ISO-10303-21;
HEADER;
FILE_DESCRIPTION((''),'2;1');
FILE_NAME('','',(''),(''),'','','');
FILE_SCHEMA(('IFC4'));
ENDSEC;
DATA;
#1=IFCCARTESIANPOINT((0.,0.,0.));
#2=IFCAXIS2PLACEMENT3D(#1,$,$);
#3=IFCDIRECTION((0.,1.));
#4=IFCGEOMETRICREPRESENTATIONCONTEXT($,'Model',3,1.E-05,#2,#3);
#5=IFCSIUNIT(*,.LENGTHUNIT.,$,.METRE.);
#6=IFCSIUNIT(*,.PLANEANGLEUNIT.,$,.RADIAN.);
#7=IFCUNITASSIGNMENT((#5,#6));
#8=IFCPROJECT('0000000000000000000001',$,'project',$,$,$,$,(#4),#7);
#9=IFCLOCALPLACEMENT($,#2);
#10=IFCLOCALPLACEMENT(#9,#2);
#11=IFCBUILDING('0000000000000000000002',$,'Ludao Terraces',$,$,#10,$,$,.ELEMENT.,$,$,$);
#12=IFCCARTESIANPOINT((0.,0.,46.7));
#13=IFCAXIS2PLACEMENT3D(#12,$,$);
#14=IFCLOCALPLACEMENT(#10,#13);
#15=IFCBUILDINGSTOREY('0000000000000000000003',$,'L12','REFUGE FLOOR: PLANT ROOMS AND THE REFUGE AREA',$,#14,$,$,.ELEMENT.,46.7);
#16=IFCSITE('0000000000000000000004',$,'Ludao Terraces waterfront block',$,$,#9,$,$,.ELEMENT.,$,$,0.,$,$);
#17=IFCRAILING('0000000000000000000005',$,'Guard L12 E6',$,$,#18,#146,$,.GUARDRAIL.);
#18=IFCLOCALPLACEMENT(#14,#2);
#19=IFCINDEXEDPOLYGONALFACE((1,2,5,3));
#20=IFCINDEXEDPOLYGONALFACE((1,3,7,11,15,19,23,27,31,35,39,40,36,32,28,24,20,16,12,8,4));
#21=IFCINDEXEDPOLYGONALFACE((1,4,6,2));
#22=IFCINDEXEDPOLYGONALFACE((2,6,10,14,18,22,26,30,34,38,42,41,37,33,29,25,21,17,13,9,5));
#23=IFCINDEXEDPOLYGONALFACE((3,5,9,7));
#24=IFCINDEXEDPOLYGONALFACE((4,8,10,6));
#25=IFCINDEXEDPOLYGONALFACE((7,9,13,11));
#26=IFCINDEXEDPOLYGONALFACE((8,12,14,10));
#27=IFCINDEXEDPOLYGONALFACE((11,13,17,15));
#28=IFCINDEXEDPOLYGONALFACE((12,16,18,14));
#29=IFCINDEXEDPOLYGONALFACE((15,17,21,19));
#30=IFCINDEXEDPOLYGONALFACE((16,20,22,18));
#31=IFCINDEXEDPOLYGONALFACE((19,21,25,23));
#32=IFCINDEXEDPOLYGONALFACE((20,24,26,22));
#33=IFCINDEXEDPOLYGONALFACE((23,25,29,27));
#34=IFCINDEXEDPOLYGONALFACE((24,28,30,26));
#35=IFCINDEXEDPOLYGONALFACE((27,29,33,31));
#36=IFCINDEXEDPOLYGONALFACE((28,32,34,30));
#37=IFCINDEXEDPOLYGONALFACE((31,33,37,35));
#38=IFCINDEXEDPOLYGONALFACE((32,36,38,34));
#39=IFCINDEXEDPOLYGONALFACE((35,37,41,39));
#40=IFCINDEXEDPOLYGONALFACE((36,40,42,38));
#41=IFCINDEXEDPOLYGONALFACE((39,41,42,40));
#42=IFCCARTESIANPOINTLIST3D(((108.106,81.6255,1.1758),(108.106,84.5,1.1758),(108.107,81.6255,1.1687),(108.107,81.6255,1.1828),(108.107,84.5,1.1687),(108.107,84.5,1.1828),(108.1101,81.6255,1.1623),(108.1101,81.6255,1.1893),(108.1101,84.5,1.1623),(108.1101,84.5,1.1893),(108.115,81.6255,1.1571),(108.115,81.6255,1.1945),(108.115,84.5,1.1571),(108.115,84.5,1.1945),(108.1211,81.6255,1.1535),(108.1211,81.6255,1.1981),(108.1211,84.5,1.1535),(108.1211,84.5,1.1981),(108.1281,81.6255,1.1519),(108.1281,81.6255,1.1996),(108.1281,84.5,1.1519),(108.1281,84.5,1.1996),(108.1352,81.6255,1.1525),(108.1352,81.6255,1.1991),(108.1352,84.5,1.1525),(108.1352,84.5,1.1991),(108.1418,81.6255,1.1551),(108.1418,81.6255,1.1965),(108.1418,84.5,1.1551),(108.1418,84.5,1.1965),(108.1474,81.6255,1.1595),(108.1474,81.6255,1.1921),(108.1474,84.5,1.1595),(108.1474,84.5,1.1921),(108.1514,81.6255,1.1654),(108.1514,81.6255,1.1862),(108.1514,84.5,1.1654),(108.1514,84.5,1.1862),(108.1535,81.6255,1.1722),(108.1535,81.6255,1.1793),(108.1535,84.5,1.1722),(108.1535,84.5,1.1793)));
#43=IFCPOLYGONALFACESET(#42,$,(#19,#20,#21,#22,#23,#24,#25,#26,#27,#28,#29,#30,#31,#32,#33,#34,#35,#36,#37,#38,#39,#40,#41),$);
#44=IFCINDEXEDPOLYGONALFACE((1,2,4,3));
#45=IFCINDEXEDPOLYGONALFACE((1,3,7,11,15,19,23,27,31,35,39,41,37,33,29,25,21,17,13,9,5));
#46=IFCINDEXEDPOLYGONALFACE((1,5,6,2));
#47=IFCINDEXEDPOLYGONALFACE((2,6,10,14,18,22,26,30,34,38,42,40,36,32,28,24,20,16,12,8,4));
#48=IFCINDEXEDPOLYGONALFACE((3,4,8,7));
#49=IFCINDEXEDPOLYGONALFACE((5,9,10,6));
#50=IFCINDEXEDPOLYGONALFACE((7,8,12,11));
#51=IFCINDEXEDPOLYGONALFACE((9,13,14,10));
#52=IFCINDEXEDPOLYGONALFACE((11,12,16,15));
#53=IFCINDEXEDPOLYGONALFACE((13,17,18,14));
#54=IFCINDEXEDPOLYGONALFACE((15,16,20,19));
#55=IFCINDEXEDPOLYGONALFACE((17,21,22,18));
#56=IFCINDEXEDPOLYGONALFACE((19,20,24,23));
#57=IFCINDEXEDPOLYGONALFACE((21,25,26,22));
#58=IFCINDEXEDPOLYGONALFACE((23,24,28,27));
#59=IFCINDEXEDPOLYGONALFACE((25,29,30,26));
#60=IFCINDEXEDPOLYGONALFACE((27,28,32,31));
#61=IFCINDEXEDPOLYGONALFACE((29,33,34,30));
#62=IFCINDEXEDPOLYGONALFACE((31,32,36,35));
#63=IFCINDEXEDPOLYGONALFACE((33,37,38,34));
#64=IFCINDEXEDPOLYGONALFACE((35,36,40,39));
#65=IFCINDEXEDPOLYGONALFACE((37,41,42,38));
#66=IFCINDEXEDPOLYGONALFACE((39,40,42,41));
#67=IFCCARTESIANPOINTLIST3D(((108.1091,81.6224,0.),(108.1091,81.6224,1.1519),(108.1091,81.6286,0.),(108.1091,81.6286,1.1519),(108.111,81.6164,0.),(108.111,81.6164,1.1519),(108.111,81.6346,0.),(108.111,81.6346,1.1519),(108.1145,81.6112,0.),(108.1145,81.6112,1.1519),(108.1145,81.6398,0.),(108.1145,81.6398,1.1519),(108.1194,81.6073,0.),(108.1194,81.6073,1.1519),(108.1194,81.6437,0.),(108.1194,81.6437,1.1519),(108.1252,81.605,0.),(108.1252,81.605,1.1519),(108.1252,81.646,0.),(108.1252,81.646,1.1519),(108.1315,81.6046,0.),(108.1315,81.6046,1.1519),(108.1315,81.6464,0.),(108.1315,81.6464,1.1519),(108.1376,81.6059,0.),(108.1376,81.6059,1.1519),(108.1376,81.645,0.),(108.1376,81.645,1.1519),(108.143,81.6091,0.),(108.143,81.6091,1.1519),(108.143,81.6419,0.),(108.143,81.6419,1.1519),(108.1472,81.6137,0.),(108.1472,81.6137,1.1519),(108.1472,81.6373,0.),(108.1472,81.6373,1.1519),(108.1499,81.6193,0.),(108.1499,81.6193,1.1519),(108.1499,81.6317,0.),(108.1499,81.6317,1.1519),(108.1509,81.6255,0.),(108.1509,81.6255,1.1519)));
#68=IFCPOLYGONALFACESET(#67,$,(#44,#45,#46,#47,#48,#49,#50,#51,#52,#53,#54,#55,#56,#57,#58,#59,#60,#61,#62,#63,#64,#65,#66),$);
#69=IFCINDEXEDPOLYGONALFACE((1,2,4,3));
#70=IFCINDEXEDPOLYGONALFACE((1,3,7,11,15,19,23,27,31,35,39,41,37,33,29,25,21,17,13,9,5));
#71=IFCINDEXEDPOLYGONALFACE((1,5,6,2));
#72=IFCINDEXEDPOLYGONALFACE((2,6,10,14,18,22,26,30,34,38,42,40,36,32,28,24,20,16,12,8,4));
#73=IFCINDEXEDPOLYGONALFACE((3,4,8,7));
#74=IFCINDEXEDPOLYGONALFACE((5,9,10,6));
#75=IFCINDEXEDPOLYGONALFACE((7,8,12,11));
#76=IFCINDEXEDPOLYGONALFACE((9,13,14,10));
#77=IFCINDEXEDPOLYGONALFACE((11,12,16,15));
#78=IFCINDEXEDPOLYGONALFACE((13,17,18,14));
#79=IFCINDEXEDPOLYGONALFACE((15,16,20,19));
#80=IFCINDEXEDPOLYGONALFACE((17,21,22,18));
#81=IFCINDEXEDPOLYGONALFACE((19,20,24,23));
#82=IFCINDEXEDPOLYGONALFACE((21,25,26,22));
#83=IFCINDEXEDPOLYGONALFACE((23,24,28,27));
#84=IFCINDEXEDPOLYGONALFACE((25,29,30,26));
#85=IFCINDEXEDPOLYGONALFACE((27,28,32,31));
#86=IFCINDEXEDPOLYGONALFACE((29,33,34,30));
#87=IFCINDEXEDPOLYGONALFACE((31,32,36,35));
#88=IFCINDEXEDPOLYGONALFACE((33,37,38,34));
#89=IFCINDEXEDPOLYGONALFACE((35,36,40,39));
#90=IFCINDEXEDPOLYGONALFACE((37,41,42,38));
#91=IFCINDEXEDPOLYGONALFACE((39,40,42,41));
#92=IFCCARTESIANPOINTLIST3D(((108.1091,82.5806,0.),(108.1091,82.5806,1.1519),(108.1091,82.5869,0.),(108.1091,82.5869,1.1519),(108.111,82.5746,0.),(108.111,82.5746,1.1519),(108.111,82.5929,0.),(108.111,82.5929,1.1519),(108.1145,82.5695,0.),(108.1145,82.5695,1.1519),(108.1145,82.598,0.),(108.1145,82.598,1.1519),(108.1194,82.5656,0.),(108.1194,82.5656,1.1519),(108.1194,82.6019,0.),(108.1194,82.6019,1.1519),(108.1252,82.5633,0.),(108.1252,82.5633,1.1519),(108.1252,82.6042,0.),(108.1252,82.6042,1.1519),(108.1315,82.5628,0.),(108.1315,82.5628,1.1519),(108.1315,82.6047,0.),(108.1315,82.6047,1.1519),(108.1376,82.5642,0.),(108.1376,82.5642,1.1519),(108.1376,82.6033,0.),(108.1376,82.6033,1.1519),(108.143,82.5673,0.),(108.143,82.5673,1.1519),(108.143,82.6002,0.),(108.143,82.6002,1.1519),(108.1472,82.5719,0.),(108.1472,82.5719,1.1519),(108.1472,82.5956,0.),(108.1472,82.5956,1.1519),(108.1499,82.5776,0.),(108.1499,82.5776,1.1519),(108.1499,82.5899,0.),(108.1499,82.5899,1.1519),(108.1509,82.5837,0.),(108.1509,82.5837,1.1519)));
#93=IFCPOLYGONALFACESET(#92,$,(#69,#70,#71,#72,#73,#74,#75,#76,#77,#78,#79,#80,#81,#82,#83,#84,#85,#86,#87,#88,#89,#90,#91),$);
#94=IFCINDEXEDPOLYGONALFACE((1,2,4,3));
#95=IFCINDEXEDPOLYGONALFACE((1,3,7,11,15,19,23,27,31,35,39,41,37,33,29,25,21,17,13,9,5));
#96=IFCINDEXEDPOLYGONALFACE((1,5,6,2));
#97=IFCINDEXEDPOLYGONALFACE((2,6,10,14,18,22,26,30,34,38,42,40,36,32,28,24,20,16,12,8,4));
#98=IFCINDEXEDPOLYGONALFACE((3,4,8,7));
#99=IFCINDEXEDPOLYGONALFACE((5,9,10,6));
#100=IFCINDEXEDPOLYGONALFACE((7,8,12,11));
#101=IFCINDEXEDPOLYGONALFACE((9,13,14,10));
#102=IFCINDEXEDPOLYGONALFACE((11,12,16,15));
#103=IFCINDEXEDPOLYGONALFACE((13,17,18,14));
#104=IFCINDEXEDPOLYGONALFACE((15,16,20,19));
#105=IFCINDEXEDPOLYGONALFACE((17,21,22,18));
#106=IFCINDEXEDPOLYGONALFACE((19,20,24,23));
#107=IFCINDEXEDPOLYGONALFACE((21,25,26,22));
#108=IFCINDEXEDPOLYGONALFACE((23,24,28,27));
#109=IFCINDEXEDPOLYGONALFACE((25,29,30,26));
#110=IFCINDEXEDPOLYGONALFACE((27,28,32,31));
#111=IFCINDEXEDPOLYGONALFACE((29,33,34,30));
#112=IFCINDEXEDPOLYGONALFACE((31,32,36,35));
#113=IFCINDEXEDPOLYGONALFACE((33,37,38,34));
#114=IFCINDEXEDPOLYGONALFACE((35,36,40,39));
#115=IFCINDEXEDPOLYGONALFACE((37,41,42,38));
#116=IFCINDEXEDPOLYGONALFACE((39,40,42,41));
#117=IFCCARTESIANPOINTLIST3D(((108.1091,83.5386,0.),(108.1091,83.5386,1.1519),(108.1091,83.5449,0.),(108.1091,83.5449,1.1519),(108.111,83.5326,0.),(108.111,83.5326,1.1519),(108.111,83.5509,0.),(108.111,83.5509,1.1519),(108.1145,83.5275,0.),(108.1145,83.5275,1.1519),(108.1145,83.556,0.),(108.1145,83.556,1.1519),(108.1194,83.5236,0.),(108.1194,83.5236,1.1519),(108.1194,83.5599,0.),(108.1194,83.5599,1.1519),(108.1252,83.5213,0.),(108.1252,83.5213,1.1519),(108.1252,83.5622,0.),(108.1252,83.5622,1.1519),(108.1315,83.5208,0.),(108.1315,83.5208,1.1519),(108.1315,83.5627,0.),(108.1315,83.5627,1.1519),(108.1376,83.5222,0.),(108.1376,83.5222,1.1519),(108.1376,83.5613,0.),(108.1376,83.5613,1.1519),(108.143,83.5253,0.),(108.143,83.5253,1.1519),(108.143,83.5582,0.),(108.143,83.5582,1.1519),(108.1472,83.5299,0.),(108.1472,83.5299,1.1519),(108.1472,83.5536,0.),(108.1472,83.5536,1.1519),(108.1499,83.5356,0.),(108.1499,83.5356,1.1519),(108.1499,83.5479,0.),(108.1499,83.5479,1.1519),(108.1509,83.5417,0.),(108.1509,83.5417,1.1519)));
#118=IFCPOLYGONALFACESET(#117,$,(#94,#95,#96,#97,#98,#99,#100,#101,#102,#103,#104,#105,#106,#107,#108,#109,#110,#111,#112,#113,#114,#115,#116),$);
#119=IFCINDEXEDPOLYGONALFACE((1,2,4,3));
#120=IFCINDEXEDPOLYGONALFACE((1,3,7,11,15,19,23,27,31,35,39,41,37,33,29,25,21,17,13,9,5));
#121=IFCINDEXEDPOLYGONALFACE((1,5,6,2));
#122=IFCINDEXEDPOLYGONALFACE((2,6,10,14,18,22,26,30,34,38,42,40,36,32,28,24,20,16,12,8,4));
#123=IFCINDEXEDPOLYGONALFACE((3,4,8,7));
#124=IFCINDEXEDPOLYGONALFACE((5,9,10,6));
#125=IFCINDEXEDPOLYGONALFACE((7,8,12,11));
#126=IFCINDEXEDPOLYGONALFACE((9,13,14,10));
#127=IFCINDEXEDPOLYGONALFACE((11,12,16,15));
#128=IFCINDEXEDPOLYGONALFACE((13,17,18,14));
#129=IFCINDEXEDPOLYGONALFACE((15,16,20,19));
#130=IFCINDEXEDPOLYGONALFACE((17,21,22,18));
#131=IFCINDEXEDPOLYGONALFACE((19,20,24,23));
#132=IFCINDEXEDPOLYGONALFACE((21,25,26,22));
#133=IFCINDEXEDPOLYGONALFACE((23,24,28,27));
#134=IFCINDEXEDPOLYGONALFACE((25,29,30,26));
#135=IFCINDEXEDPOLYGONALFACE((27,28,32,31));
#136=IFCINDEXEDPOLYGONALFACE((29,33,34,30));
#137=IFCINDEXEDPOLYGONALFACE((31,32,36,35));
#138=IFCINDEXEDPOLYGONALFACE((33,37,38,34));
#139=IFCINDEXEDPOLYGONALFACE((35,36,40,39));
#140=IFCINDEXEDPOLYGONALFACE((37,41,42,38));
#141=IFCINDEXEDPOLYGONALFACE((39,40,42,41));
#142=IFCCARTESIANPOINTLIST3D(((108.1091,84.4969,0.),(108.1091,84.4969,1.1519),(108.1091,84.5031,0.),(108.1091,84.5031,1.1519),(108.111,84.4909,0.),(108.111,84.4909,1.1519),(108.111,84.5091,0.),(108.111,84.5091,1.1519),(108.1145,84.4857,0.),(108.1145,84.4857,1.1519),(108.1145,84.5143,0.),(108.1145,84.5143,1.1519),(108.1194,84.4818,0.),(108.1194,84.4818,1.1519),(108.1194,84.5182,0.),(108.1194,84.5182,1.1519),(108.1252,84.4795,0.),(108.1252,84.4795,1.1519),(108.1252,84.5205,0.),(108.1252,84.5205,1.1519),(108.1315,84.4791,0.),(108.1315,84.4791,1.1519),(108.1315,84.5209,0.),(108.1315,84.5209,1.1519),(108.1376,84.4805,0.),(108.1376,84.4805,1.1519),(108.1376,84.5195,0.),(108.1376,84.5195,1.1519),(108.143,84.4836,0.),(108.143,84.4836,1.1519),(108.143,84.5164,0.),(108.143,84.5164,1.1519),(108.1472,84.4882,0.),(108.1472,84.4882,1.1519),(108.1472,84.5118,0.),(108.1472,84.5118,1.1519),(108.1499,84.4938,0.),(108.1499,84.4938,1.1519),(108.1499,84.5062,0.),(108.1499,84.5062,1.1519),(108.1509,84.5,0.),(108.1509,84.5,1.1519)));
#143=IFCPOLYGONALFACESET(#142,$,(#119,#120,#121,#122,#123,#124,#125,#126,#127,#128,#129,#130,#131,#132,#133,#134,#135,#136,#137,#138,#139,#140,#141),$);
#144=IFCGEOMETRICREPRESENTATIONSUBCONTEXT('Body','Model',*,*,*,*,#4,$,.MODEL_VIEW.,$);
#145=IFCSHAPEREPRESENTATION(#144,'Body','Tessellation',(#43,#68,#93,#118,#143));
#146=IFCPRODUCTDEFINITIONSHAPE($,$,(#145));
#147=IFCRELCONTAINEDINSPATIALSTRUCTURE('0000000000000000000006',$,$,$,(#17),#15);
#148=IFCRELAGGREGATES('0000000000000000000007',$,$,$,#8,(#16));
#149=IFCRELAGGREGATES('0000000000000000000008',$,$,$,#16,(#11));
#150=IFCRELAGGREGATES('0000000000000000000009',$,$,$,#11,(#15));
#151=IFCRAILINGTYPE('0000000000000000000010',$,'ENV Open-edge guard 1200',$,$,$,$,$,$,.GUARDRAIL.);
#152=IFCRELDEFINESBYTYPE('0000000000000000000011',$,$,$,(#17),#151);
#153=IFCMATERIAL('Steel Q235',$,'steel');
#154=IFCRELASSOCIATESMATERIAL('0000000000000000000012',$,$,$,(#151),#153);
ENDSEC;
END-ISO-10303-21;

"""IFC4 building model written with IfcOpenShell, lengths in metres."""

from ifc_helpers import new_model, si_unit, direction, frame, origin, origin_2d, place, context, subcontext, project, spatial, circle, extrude, material, type_object, element, save


model = new_model("IFC4")

# Units and contexts
model_context = context("Model", 3, precision=1e-05, world=origin(), true_north=direction((0.0, 1.0)))
body_context = subcontext(model_context, "Body", "Model", "MODEL_VIEW")
ifc_project = project(units=[si_unit("LENGTHUNIT", "METRE"), si_unit("PLANEANGLEUNIT", "RADIAN")], contexts=[model_context])

# Site, building, storey
site_placement = place(None, origin())
site = spatial("IfcSite", under=ifc_project, at=site_placement, Name="Ludao Terraces waterfront block", CompositionType="ELEMENT", RefElevation=0.0)
building_placement = place(site_placement, origin())
building = spatial("IfcBuilding", under=site, at=building_placement, Name="Ludao Terraces", CompositionType="ELEMENT")
storey_placement = place(building_placement, frame((0.0, 0.0, 46.7)))
storey = spatial("IfcBuildingStorey", under=building, at=storey_placement, Name="L12", Description="REFUGE FLOOR: PLANT ROOMS AND THE REFUGE AREA", CompositionType="ELEMENT", Elevation=46.7)

# Shared definitions
ifc_material_1 = material(Name="Steel Q235", Category="steel")

# Railing
railing_type = type_object("IfcRailingType", Name="ENV Open-edge guard 1200", PredefinedType="GUARDRAIL", material=ifc_material_1)
railing_1_placement = place(storey_placement, frame((108.1299, 81.6255, 0.0)))
element("IfcRailing", 1, at=railing_1_placement, inside=storey, type_object=railing_type, Name="Guard L12 E6", PredefinedType="GUARDRAIL", context=body_context, shape_type="SweptSolid", body=[
    extrude(circle(Radius=0.0239, at=origin_2d()), frame((0.0, 0.0, 1.1758), z_axis=(0.0, 1.0, 0.0), x_axis=(-1.0, 0.0, 0.0)), (0.0, 0.0, 1.0), 2.8745),
    extrude(circle(Radius=0.021, at=origin_2d()), origin(), (0.0, 0.0, 1.0), 1.1519),
    extrude(circle(Radius=0.021, at=origin_2d()), frame((0.0, 0.9583, 0.0)), (0.0, 0.0, 1.0), 1.1519),
    extrude(circle(Radius=0.021, at=origin_2d()), frame((0.0, 1.9163, 0.0)), (0.0, 0.0, 1.0), 1.1519),
    extrude(circle(Radius=0.021, at=origin_2d()), frame((0.0, 2.8745, 0.0)), (0.0, 0.0, 1.0), 1.1519),
])

save(model, "model.ifc")
